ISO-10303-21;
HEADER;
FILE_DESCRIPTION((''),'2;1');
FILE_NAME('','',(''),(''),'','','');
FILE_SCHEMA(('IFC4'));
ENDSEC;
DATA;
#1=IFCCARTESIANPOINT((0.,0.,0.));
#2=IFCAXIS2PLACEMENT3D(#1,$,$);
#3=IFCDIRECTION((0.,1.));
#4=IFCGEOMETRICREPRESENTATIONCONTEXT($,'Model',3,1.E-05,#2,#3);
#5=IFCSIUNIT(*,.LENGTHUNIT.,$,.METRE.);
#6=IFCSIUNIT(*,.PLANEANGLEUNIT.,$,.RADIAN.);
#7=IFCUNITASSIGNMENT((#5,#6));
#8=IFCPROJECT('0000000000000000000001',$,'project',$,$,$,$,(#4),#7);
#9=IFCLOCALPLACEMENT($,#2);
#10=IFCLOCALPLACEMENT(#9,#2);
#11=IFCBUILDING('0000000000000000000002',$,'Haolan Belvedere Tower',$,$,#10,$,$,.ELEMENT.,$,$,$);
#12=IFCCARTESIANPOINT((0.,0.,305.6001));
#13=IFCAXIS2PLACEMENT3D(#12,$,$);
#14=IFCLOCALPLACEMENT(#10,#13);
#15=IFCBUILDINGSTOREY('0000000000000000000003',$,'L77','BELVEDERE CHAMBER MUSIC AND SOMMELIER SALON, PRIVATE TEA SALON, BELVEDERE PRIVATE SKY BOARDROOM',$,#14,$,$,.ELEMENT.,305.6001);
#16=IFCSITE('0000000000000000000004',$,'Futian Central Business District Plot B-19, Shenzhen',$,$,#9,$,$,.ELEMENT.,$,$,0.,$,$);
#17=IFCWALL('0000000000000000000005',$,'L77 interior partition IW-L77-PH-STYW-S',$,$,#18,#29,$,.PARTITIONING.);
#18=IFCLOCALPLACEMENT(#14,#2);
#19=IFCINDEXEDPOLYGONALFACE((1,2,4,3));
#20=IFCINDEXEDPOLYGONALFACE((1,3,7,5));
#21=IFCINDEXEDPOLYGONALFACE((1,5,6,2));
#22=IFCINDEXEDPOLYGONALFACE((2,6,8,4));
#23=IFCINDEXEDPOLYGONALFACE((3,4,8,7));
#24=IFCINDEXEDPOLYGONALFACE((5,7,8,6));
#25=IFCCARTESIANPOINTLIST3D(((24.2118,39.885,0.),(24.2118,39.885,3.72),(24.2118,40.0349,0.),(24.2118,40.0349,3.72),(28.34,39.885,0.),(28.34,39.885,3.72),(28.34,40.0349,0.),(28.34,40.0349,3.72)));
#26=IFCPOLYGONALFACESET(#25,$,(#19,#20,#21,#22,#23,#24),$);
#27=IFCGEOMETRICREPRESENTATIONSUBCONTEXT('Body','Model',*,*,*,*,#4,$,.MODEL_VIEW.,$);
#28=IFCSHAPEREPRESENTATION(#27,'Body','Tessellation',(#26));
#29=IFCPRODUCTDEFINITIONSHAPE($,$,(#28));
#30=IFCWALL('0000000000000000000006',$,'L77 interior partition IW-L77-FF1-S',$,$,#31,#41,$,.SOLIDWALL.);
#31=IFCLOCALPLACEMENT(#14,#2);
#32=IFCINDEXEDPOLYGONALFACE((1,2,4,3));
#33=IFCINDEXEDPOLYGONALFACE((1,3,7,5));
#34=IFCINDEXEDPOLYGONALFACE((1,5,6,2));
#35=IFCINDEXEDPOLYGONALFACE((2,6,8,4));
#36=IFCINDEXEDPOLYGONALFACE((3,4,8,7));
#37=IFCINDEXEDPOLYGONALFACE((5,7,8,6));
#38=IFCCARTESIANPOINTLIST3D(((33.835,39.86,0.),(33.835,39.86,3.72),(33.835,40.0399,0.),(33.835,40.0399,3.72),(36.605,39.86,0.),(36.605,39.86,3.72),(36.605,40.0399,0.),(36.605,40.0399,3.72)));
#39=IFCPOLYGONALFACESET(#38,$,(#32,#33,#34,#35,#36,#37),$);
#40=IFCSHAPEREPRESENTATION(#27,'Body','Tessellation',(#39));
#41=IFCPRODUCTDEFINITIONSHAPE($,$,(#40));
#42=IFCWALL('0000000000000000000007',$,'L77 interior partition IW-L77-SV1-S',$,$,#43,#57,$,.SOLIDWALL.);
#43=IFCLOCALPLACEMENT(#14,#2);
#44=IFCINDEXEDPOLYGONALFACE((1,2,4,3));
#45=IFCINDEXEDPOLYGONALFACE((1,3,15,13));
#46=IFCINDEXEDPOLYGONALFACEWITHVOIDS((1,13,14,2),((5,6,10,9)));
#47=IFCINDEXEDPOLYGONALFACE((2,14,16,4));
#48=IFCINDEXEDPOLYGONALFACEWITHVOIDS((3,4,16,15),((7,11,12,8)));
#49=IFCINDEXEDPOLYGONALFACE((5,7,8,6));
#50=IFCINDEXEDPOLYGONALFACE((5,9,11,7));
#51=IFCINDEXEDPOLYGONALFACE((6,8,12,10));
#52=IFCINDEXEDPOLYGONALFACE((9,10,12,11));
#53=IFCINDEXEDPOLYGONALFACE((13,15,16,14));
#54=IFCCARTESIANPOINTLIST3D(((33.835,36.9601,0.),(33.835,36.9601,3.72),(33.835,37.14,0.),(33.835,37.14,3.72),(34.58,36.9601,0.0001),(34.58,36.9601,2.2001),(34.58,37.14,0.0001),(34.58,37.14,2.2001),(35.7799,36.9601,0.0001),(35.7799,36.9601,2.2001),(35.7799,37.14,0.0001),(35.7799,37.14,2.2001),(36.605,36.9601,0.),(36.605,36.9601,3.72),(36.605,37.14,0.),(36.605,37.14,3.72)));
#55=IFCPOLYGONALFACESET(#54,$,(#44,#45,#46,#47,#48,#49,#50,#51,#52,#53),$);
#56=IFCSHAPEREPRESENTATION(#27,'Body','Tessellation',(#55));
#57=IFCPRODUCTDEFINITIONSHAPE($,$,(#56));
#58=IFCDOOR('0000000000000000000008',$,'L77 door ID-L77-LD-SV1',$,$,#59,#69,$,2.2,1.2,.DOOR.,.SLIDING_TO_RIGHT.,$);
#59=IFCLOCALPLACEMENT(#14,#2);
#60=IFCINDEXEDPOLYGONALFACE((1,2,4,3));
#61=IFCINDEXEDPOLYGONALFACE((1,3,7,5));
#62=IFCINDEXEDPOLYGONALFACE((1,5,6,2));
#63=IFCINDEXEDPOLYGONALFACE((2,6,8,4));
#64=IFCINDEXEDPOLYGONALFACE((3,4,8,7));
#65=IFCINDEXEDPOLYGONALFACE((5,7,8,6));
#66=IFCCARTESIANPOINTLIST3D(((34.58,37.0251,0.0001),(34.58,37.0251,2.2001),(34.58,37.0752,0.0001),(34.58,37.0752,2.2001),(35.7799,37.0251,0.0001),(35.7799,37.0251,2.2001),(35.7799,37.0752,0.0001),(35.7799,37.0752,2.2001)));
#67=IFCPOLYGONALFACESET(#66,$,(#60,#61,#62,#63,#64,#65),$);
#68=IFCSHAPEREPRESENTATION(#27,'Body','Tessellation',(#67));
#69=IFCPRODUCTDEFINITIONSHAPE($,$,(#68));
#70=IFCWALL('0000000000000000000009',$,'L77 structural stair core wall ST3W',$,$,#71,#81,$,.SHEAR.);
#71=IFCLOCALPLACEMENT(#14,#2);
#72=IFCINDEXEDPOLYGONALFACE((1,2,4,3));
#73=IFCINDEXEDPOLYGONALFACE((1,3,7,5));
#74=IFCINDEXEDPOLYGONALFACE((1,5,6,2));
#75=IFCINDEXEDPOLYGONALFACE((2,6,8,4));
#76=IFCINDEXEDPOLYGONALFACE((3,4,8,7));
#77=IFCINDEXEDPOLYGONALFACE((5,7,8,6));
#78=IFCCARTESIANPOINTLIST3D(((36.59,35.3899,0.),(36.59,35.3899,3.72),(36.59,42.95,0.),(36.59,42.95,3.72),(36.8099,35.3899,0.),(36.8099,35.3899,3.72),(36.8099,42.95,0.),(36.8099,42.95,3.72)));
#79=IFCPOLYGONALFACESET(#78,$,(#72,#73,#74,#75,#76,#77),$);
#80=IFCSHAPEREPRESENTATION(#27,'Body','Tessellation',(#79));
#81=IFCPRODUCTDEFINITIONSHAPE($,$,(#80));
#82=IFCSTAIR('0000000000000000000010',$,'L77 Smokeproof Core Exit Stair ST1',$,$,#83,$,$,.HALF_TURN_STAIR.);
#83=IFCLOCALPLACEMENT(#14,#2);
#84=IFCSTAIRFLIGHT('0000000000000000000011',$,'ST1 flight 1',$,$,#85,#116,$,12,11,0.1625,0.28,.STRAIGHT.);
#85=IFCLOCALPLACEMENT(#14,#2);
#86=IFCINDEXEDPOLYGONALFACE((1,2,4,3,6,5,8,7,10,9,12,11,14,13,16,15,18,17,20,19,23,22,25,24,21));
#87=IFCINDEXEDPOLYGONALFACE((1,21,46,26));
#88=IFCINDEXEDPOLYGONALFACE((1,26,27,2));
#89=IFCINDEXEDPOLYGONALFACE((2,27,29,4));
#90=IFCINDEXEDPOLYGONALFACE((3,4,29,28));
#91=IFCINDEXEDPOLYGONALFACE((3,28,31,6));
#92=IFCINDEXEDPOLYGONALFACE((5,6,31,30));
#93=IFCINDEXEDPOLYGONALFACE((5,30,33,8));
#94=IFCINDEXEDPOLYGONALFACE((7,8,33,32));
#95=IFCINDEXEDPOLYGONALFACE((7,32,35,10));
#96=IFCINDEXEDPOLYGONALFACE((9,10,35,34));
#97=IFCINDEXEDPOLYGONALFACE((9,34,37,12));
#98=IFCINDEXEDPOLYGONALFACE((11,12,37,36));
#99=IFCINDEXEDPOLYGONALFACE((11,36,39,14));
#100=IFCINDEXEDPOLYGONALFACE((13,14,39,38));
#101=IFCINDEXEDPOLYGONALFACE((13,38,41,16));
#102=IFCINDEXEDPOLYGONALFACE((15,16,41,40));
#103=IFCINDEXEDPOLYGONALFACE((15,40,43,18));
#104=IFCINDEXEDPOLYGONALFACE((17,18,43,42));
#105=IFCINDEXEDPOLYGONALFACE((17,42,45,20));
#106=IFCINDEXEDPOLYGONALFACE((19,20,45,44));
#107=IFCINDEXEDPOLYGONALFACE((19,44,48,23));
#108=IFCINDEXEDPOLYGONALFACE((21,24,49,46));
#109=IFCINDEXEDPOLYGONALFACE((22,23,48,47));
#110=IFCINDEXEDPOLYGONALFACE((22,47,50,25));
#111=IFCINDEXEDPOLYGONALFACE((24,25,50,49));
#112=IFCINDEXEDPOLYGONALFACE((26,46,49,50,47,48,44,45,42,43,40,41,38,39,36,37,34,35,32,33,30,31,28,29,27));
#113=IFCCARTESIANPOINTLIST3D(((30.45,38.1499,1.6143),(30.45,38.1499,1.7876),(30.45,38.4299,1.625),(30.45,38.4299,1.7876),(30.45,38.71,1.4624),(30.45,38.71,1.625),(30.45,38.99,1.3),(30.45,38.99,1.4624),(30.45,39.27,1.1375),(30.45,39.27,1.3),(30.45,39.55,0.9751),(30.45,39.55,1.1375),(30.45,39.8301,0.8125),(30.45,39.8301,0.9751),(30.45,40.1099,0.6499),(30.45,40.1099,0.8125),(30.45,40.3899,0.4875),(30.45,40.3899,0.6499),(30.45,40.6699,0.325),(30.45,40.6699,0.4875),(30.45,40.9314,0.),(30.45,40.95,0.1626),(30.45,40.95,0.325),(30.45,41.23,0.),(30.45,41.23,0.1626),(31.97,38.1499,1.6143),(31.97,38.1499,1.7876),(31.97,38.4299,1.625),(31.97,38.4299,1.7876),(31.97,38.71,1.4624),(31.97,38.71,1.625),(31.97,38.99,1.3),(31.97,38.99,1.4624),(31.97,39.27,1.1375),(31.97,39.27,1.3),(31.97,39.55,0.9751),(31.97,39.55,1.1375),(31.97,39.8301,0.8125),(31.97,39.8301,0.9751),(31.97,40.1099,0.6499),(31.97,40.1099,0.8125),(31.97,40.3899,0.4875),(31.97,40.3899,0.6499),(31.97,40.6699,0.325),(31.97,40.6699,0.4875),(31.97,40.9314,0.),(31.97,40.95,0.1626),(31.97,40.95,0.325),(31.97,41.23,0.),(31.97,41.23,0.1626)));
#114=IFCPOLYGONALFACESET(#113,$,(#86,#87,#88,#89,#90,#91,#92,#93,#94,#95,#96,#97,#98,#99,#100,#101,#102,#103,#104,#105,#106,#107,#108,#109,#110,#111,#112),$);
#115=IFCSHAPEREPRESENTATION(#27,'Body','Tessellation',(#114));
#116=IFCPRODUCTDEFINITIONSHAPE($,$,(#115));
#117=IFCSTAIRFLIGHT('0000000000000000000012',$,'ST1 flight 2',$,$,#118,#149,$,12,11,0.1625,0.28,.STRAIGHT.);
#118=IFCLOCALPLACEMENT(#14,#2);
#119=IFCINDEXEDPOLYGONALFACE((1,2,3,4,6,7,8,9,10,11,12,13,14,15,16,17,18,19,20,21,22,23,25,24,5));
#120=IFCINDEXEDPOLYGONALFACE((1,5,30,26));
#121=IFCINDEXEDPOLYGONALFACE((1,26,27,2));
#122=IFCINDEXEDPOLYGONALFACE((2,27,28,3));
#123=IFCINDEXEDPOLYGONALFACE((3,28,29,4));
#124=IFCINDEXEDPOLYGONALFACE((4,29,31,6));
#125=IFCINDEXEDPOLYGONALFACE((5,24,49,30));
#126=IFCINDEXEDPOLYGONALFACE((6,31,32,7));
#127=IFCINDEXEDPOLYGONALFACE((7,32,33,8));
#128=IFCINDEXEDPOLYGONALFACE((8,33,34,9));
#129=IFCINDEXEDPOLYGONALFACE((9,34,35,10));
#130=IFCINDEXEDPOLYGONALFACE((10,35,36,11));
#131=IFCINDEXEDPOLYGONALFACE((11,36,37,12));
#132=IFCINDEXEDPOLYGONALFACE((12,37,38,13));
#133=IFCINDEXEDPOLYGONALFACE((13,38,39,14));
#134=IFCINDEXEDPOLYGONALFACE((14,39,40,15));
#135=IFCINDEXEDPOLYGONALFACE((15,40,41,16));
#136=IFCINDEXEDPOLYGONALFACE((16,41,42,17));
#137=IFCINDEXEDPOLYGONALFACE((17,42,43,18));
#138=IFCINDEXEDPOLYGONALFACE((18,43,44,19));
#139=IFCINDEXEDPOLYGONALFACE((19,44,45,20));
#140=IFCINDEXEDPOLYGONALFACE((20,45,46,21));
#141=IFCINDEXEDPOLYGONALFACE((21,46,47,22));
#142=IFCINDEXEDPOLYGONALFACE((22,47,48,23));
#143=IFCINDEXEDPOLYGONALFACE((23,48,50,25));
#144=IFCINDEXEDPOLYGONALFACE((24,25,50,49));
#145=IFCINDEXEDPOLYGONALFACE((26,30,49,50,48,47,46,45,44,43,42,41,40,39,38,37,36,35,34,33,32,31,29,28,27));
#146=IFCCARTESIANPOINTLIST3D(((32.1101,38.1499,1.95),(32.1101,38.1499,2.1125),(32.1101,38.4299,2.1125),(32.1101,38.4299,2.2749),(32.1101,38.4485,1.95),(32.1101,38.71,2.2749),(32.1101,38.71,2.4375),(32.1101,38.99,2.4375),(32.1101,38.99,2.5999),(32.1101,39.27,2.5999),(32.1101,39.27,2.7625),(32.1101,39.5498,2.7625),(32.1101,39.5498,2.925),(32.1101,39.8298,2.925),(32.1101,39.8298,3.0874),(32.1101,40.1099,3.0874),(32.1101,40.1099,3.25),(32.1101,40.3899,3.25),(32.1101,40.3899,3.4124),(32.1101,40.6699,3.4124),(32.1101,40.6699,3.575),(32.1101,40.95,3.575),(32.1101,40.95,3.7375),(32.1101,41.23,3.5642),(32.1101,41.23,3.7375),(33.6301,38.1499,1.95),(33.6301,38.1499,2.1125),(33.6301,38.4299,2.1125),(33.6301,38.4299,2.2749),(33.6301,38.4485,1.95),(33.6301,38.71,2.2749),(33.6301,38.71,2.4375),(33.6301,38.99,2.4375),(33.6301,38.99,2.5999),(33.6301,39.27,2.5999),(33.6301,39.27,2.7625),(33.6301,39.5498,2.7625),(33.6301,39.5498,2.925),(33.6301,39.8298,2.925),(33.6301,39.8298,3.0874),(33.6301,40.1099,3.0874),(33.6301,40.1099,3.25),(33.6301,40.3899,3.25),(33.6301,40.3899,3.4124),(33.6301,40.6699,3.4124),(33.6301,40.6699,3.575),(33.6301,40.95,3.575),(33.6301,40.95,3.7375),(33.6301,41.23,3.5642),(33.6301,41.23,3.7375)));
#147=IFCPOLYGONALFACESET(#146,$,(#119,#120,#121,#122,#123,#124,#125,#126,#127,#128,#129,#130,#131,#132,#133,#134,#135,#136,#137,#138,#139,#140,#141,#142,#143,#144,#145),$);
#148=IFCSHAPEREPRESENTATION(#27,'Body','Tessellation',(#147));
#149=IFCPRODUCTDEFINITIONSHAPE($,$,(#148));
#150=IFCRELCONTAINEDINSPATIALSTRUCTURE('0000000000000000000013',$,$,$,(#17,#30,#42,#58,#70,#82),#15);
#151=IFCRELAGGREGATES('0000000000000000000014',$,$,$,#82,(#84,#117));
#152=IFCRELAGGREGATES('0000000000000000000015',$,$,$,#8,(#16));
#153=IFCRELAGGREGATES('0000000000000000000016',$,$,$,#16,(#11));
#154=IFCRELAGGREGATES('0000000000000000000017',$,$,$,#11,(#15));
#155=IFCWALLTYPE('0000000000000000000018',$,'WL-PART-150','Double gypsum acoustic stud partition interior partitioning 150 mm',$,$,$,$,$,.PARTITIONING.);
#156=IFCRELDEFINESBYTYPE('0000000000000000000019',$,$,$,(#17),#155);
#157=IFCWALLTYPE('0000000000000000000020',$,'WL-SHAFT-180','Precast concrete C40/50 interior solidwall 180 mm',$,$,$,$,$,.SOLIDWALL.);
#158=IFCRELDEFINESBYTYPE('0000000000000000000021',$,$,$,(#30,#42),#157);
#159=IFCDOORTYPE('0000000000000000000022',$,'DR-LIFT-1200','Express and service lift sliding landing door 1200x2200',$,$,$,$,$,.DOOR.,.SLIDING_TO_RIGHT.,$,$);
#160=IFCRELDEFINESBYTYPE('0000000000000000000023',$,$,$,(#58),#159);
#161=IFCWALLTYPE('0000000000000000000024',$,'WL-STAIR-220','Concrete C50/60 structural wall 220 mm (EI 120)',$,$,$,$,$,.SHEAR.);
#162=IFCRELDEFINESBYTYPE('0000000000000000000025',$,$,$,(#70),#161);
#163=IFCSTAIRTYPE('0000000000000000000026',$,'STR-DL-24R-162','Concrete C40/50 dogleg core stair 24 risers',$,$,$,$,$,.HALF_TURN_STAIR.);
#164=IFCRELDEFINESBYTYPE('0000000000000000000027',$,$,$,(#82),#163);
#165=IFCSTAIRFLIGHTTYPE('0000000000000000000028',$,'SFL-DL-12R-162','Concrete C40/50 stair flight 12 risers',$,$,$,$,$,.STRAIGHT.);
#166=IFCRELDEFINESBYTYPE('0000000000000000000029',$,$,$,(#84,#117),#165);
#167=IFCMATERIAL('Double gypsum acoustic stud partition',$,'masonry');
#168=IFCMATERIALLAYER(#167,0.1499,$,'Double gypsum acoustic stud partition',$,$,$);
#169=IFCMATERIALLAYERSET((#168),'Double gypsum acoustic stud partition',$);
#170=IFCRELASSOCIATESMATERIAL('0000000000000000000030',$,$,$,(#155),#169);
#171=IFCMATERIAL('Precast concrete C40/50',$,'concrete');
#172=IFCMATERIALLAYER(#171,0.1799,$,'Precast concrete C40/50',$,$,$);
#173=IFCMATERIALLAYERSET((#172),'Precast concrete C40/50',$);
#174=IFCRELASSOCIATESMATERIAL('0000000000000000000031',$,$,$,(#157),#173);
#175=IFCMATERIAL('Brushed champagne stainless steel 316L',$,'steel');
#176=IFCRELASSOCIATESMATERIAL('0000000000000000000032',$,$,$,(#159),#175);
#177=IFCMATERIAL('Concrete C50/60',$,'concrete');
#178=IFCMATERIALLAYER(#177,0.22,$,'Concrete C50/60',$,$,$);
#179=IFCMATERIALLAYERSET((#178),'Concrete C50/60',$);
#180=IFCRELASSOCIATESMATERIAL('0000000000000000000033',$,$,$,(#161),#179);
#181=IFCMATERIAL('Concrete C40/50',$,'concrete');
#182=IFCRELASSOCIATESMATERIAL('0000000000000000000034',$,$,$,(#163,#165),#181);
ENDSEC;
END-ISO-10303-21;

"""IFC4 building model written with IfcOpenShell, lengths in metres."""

from ifc_helpers import new_model, si_unit, direction, frame, frame_2d, origin, place, context, subcontext, project, spatial, polyline, rectangle, outline, extrude, material, layer, layer_set, type_object, element, fill, aggregate, save


model = new_model("IFC4")

# Units and contexts
model_context = context("Model", 3, precision=1e-05, world=origin(), true_north=direction((0.0, 1.0)))
body_context = subcontext(model_context, "Body", "Model", "MODEL_VIEW")
ifc_project = project(units=[si_unit("LENGTHUNIT", "METRE"), si_unit("PLANEANGLEUNIT", "RADIAN")], contexts=[model_context])

# Site, building, storey
site_placement = place(None, origin())
site = spatial("IfcSite", under=ifc_project, at=site_placement, Name="Futian Central Business District Plot B-19, Shenzhen", CompositionType="ELEMENT", RefElevation=0.0)
building_placement = place(site_placement, origin())
building = spatial("IfcBuilding", under=site, at=building_placement, Name="Haolan Belvedere Tower", CompositionType="ELEMENT")
storey_placement = place(building_placement, frame((0.0, 0.0, 305.6001)))
storey = spatial("IfcBuildingStorey", under=building, at=storey_placement, Name="L77", Description="BELVEDERE CHAMBER MUSIC AND SOMMELIER SALON, PRIVATE TEA SALON, BELVEDERE PRIVATE SKY BOARDROOM", CompositionType="ELEMENT", Elevation=305.6001)

# Shared definitions
ifc_material_1 = material(Name="Concrete C50/60", Category="concrete")

# Shared definitions
ifc_material_2 = material(Name="Precast concrete C40/50", Category="concrete")

# Wall
ifc_material_3 = material(Name="Double gypsum acoustic stud partition", Category="masonry")
ifc_layer_1 = layer(ifc_material_3, 0.1499, Name="Double gypsum acoustic stud partition")
ifc_layer_set_1 = layer_set([ifc_layer_1], Name="Double gypsum acoustic stud partition")
wall_type_1 = type_object("IfcWallType", Name="WL-PART-150", Description="Double gypsum acoustic stud partition interior partitioning 150 mm", PredefinedType="PARTITIONING", material=ifc_layer_set_1)
for number, where, z_axis, x_axis, name in (
    (1, (24.2119, 39.96, 0.0), (0.0, 0.0, 1.0), (1.0, 0.0, 0.0), "L77 interior partition IW-L77-PH-STYW-S"),
):
    element("IfcWall", number, at=place(storey_placement, frame(where, z_axis=z_axis, x_axis=x_axis)), inside=storey, type_object=wall_type_1, Name=name, PredefinedType="PARTITIONING", context=body_context, shape_type="SweptSolid", body=[
        extrude(rectangle(XDim=4.1282, YDim=0.1499, at=frame_2d((2.064, 0.0))), origin(), (0.0, 0.0, 1.0), 3.72),
    ])

# Wall
ifc_layer_2 = layer(ifc_material_2, 0.1799, Name="Precast concrete C40/50")
ifc_layer_set_2 = layer_set([ifc_layer_2], Name="Precast concrete C40/50")
wall_type_2 = type_object("IfcWallType", Name="WL-SHAFT-180", Description="Precast concrete C40/50 interior solidwall 180 mm", PredefinedType="SOLIDWALL", material=ifc_layer_set_2)
wall_1_placement = place(storey_placement, frame((33.835, 39.95, 0.0), z_axis=(0.0, 0.0, 1.0), x_axis=(1.0, 0.0, 0.0)))
element("IfcWall", 2, at=wall_1_placement, inside=storey, type_object=wall_type_2, Name="L77 interior partition IW-L77-FF1-S", PredefinedType="SOLIDWALL", context=body_context, shape_type="SweptSolid", body=[
    extrude(rectangle(XDim=2.77, YDim=0.1799, at=frame_2d((1.385, 0.0))), origin(), (0.0, 0.0, 1.0), 3.72),
])

# Wall, opening, door
wall_2_placement = place(storey_placement, frame((33.835, 37.05, 0.0), z_axis=(0.0, 0.0, 1.0), x_axis=(1.0, 0.0, 0.0)))
wall_2 = element("IfcWall", 3, at=wall_2_placement, inside=storey, type_object=wall_type_2, Name="L77 interior partition IW-L77-SV1-S", PredefinedType="SOLIDWALL", context=body_context, shape_type="SweptSolid", body=[
    extrude(rectangle(XDim=2.77, YDim=0.1799, at=frame_2d((1.385, 0.0))), origin(), (0.0, 0.0, 1.0), 3.72),
])
opening_1_placement = place(wall_2_placement, frame((1.9451, 0.0, 0.0), z_axis=(0.0, 0.0, 1.0), x_axis=(-1.0, 0.0, 0.0)))
opening_1 = element("IfcOpeningElement", 4, at=opening_1_placement, cuts=wall_2, PredefinedType="OPENING", context=body_context, shape_type="SweptSolid", body=[
    extrude(rectangle(XDim=1.2, YDim=2.2, at=frame_2d((0.6001, 1.1001))), frame((0.0, 0.0999, 0.0), z_axis=(0.0, -1.0, 0.0), x_axis=(1.0, 0.0, 0.0)), (0.0, 0.0, 1.0), 0.2),
])
ifc_material_4 = material(Name="Brushed champagne stainless steel 316L", Category="steel")
door_type_1 = type_object("IfcDoorType", Name="DR-LIFT-1200", Description="Express and service lift sliding landing door 1200x2200", OperationType="SLIDING_TO_RIGHT", PredefinedType="DOOR", material=ifc_material_4)
door_1_placement = place(opening_1_placement, origin())
door_1 = element("IfcDoor", 5, at=door_1_placement, inside=storey, type_object=door_type_1, Name="L77 door ID-L77-LD-SV1", OperationType="SLIDING_TO_RIGHT", OverallHeight=2.2, OverallWidth=1.2, PredefinedType="DOOR", context=body_context, shape_type="SweptSolid", body=[
    extrude(rectangle(XDim=1.2, YDim=2.2, at=frame_2d((0.6001, 1.1001))), frame((0.0, 0.0249, 0.0), z_axis=(0.0, -1.0, 0.0), x_axis=(1.0, 0.0, 0.0)), (0.0, 0.0, 1.0), 0.05),
])
fill(opening_1, door_1)

# Wall
ifc_layer_3 = layer(ifc_material_1, 0.22, Name="Concrete C50/60")
ifc_layer_set_3 = layer_set([ifc_layer_3], Name="Concrete C50/60")
wall_type_3 = type_object("IfcWallType", Name="WL-STAIR-220", Description="Concrete C50/60 structural wall 220 mm (EI 120)", PredefinedType="SHEAR", material=ifc_layer_set_3)
wall_3_placement = place(storey_placement, frame((36.7, 35.3899, 0.0), z_axis=(0.0, 0.0, 1.0), x_axis=(0.0, 1.0, 0.0)))
element("IfcWall", 6, at=wall_3_placement, inside=storey, type_object=wall_type_3, Name="L77 structural stair core wall ST3W", PredefinedType="SHEAR", context=body_context, shape_type="SweptSolid", body=[
    extrude(rectangle(XDim=7.5601, YDim=0.22, at=frame_2d((3.78, 0.0))), origin(), (0.0, 0.0, 1.0), 3.72),
])

# Stair, stair flights
ifc_material_5 = material(Name="Concrete C40/50", Category="concrete")
stair_type = type_object("IfcStairType", Name="STR-DL-24R-162", Description="Concrete C40/50 dogleg core stair 24 risers", PredefinedType="HALF_TURN_STAIR", material=ifc_material_5)
stair_1_placement = place(storey_placement, origin())
stair_1 = element("IfcStair", 7, at=stair_1_placement, inside=storey, type_object=stair_type, Name="L77 Smokeproof Core Exit Stair ST1", PredefinedType="HALF_TURN_STAIR")
stair_flight_type = type_object("IfcStairFlightType", Name="SFL-DL-12R-162", Description="Concrete C40/50 stair flight 12 risers", PredefinedType="STRAIGHT", material=ifc_material_5)
stair_flight_1_placement = place(storey_placement, frame((31.21, 41.23, 0.0), z_axis=(0.0, 0.0, 1.0), x_axis=(0.0, -1.0, 0.0)))
stair_flight_1 = element("IfcStairFlight", 8, at=stair_flight_1_placement, type_object=stair_flight_type, Name="ST1 flight 1", NumberOfRisers=12, NumberOfTreads=11, PredefinedType="STRAIGHT", RiserHeight=0.1625, TreadLength=0.28, context=body_context, shape_type="SweptSolid", body=[
    extrude(outline(polyline([(0.0, 0.0), (0.0, 0.1626), (0.28, 0.1626), (0.28, 0.325), (0.5601, 0.325), (0.5601, 0.4875), (0.8401, 0.4875), (0.8401, 0.6499), (1.1201, 0.6499), (1.1201, 0.8125), (1.3999, 0.8125), (1.3999, 0.9751), (1.6799, 0.9751), (1.6799, 1.1375), (1.96, 1.1375), (1.96, 1.3), (2.24, 1.3), (2.24, 1.4624), (2.52, 1.4624), (2.52, 1.625), (2.8, 1.625), (2.8, 1.7876), (3.0801, 1.7876), (3.0801, 1.95), (3.0801, 1.6143), (0.2986, 0.0), (0.0, 0.0)])), frame((0.0, 0.76, 0.0), z_axis=(0.0, -1.0, 0.0), x_axis=(1.0, 0.0, 0.0)), (0.0, 0.0, 1.0), 1.52),
])
stair_flight_2_placement = place(storey_placement, frame((32.8701, 38.1499, 1.95), z_axis=(0.0, 0.0, 1.0), x_axis=(0.0, 1.0, 0.0)))
stair_flight_2 = element("IfcStairFlight", 9, at=stair_flight_2_placement, type_object=stair_flight_type, Name="ST1 flight 2", NumberOfRisers=12, NumberOfTreads=11, PredefinedType="STRAIGHT", RiserHeight=0.1625, TreadLength=0.28, context=body_context, shape_type="SweptSolid", body=[
    extrude(outline(polyline([(0.0, 0.0), (0.0, 0.1626), (0.28, 0.1626), (0.28, 0.325), (0.5601, 0.325), (0.5601, 0.4875), (0.8401, 0.4875), (0.8401, 0.6499), (1.1201, 0.6499), (1.1201, 0.8125), (1.3999, 0.8125), (1.3999, 0.9751), (1.6799, 0.9751), (1.6799, 1.1375), (1.96, 1.1375), (1.96, 1.3), (2.24, 1.3), (2.24, 1.4624), (2.52, 1.4624), (2.52, 1.625), (2.8, 1.625), (2.8, 1.7876), (3.0801, 1.7876), (3.0801, 1.95), (3.0801, 1.6143), (0.2986, 0.0), (0.0, 0.0)])), frame((0.0, 0.76, 0.0), z_axis=(0.0, -1.0, 0.0), x_axis=(1.0, 0.0, 0.0)), (0.0, 0.0, 1.0), 1.52),
])
aggregate(stair_1, [stair_flight_1, stair_flight_2])

save(model, "model.ifc")
